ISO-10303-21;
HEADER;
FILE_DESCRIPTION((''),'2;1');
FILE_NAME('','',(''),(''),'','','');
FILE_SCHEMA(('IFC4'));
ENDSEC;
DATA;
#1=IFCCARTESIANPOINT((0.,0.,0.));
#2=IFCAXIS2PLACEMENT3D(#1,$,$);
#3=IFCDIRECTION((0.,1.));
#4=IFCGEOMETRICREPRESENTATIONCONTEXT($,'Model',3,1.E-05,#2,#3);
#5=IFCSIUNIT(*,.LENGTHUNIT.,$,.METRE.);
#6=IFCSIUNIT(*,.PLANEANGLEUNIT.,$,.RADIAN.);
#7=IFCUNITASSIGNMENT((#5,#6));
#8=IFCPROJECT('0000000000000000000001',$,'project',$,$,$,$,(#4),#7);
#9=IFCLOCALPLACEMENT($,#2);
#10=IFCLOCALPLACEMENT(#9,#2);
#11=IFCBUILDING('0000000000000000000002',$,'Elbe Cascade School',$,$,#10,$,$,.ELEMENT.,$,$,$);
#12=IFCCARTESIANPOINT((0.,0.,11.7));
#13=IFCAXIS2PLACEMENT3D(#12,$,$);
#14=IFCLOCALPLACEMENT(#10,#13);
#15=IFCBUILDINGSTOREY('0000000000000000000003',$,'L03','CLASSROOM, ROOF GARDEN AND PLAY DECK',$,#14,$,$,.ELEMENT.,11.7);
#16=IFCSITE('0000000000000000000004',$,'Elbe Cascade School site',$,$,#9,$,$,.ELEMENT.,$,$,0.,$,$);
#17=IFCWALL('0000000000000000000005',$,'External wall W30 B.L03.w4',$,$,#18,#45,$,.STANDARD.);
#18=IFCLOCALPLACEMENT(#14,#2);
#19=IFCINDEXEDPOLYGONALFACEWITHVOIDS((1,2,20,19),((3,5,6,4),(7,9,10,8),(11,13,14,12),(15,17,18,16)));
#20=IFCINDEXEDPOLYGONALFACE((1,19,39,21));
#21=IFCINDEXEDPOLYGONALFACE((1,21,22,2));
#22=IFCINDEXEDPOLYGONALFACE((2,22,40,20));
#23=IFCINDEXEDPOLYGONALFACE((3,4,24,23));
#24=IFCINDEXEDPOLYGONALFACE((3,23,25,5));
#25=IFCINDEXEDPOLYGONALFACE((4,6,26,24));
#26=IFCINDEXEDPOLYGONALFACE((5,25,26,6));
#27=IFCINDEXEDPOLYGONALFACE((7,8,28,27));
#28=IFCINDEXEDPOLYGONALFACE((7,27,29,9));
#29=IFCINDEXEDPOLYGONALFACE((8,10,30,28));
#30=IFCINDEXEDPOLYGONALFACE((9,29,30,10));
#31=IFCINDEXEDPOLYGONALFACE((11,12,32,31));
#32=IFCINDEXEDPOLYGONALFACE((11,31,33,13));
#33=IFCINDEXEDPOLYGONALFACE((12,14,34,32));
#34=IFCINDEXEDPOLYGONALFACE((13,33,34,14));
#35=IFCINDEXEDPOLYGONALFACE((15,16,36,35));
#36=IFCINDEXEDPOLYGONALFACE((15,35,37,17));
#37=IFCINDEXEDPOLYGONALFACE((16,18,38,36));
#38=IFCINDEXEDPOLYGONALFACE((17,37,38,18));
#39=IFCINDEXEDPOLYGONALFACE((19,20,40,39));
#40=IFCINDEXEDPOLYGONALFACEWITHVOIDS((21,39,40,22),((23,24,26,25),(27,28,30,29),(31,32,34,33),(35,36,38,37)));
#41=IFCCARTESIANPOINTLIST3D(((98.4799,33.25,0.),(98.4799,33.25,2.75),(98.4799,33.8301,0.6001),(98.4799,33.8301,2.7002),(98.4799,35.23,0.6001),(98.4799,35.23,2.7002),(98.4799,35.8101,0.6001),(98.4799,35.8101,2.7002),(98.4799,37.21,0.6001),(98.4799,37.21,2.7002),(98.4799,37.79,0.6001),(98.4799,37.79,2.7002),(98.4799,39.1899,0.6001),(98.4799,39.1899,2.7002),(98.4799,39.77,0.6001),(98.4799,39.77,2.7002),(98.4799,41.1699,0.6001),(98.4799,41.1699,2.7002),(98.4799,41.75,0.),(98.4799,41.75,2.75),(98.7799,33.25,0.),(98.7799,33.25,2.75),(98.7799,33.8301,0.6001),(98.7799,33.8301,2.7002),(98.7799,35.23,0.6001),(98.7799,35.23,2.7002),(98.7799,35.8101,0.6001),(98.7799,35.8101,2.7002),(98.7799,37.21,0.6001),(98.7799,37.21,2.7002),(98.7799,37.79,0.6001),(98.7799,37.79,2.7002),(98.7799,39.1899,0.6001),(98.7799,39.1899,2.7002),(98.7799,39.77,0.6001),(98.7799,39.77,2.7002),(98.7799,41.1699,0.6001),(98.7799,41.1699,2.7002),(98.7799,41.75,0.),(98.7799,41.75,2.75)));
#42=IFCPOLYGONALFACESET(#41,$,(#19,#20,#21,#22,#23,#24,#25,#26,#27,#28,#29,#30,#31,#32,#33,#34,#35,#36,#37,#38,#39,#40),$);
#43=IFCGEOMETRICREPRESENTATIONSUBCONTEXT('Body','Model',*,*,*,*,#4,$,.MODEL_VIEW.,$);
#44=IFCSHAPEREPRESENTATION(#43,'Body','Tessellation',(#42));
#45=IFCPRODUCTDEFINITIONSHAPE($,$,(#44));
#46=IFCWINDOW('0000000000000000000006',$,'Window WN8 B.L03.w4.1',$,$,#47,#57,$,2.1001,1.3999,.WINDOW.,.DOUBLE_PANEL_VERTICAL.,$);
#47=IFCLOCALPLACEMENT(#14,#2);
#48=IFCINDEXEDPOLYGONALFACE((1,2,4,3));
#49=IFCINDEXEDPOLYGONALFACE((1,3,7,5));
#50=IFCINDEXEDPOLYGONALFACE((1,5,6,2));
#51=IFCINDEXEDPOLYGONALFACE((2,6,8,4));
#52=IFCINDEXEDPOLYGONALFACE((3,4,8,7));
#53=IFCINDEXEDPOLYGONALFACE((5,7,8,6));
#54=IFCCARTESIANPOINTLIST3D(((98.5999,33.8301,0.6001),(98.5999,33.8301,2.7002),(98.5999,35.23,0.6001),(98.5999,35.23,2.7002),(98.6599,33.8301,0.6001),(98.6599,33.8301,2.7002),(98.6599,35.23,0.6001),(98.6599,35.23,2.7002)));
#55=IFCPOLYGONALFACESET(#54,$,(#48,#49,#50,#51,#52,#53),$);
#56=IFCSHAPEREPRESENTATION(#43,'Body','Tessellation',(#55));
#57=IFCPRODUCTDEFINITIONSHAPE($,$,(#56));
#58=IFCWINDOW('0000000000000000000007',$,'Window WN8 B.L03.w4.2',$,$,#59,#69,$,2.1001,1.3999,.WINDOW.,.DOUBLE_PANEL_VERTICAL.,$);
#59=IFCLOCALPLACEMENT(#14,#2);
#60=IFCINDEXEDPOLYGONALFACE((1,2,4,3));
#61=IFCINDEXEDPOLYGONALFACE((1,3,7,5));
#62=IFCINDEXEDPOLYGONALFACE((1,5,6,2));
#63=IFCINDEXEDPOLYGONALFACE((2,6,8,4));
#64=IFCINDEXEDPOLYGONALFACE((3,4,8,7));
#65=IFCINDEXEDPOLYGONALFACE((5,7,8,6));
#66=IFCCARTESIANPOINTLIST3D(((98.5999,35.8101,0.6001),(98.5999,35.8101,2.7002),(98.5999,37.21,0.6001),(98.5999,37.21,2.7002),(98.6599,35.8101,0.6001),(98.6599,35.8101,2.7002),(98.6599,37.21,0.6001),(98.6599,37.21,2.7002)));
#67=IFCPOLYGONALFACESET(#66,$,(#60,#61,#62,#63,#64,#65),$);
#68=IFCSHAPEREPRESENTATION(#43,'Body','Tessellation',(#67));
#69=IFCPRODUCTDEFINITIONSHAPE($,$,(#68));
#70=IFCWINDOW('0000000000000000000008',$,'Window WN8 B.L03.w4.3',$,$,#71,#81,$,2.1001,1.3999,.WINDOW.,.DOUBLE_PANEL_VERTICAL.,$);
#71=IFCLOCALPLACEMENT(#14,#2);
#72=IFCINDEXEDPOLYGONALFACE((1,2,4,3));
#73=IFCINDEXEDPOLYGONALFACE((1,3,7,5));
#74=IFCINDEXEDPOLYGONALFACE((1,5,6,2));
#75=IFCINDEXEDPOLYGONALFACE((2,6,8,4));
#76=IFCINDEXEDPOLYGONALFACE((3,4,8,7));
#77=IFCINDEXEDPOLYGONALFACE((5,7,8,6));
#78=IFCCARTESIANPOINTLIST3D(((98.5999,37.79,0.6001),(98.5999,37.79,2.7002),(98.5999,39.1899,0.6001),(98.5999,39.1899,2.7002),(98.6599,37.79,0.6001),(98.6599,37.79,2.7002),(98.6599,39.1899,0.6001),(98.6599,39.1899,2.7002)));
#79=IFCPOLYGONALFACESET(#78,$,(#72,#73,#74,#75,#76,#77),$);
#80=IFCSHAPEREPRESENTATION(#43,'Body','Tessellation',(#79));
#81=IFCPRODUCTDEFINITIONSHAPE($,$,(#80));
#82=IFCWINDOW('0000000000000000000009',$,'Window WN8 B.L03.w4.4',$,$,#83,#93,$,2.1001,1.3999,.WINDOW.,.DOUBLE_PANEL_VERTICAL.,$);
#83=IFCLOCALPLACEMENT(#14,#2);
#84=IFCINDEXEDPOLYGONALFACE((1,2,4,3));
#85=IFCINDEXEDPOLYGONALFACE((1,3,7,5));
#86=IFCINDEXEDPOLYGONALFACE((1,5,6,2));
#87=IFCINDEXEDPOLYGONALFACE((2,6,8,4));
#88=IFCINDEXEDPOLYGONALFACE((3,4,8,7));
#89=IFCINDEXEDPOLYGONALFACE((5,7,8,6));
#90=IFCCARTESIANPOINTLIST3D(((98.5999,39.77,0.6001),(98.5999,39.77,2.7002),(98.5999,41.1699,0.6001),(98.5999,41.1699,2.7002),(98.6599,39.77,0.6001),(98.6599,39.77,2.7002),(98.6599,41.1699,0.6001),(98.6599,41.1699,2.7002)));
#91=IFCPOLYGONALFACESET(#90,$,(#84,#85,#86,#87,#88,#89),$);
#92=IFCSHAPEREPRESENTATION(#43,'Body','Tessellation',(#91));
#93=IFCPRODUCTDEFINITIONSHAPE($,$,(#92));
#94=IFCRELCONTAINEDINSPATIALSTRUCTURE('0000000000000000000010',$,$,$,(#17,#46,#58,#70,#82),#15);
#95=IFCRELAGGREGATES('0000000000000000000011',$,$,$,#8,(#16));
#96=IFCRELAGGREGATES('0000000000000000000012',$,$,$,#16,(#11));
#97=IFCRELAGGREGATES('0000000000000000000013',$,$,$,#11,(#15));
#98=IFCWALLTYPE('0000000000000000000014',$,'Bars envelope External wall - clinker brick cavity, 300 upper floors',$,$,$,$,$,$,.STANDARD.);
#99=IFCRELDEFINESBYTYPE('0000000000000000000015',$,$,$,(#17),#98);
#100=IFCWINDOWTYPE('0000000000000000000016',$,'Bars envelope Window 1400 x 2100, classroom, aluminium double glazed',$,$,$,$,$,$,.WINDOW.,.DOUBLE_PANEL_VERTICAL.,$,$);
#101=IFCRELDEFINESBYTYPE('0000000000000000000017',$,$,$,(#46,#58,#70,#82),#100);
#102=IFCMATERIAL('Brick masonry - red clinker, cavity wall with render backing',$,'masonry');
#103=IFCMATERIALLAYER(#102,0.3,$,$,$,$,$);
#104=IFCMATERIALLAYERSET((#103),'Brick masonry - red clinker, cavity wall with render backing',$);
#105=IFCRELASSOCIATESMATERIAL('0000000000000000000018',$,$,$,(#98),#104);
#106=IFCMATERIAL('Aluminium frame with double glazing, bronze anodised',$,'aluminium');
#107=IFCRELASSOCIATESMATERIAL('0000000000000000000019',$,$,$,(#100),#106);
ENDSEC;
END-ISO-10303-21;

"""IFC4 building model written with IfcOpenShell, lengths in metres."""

from ifc_helpers import new_model, si_unit, direction, frame, frame_2d, origin, place, context, subcontext, project, spatial, rectangle, extrude, material, layer, layer_set, type_object, element, fill, save


model = new_model("IFC4")

# Units and contexts
model_context = context("Model", 3, precision=1e-05, world=origin(), true_north=direction((0.0, 1.0)))
body_context = subcontext(model_context, "Body", "Model", "MODEL_VIEW")
ifc_project = project(units=[si_unit("LENGTHUNIT", "METRE"), si_unit("PLANEANGLEUNIT", "RADIAN")], contexts=[model_context])

# Site, building, storey
site_placement = place(None, origin())
site = spatial("IfcSite", under=ifc_project, at=site_placement, Name="Elbe Cascade School site", CompositionType="ELEMENT", RefElevation=0.0)
building_placement = place(site_placement, origin())
building = spatial("IfcBuilding", under=site, at=building_placement, Name="Elbe Cascade School", CompositionType="ELEMENT")
storey_placement = place(building_placement, frame((0.0, 0.0, 11.7)))
storey = spatial("IfcBuildingStorey", under=building, at=storey_placement, Name="L03", Description="CLASSROOM, ROOF GARDEN AND PLAY DECK", CompositionType="ELEMENT", Elevation=11.7)

# Wall, openings, windows
ifc_material_1 = material(Name="Brick masonry - red clinker, cavity wall with render backing", Category="masonry")
ifc_layer_1 = layer(ifc_material_1, 0.3)
ifc_layer_set_1 = layer_set([ifc_layer_1], Name="Brick masonry - red clinker, cavity wall with render backing")
wall_type_1 = type_object("IfcWallType", Name="Bars envelope External wall - clinker brick cavity, 300 upper floors", PredefinedType="STANDARD", material=ifc_layer_set_1)
wall_1_placement = place(storey_placement, frame((98.6299, 33.25, 0.0), z_axis=(0.0, 0.0, 1.0), x_axis=(0.0, 1.0, 0.0)))
wall_1 = element("IfcWall", 1, at=wall_1_placement, inside=storey, type_object=wall_type_1, Name="External wall W30 B.L03.w4", PredefinedType="STANDARD", context=body_context, shape_type="SweptSolid", body=[
    extrude(rectangle(XDim=8.5, YDim=0.3, at=frame_2d((4.25, 0.0))), origin(), (0.0, 0.0, 1.0), 2.75),
])
opening_1_placement = place(wall_1_placement, frame((0.5801, 0.0, 0.6001)))
opening_1 = element("IfcOpeningElement", 2, at=opening_1_placement, cuts=wall_1, PredefinedType="OPENING", context=body_context, shape_type="SweptSolid", body=[
    extrude(rectangle(XDim=1.3999, YDim=2.1001, at=frame_2d((0.7, 1.05))), frame((0.0, 0.1599, 0.0), z_axis=(0.0, -1.0, 0.0), x_axis=(1.0, 0.0, 0.0)), (0.0, 0.0, 1.0), 0.3201),
])
opening_2_placement = place(wall_1_placement, frame((2.5601, 0.0, 0.6001)))
opening_2 = element("IfcOpeningElement", 3, at=opening_2_placement, cuts=wall_1, PredefinedType="OPENING", context=body_context, shape_type="SweptSolid", body=[
    extrude(rectangle(XDim=1.3999, YDim=2.1001, at=frame_2d((0.7, 1.05))), frame((0.0, 0.1599, 0.0), z_axis=(0.0, -1.0, 0.0), x_axis=(1.0, 0.0, 0.0)), (0.0, 0.0, 1.0), 0.3201),
])
opening_3_placement = place(wall_1_placement, frame((4.54, 0.0, 0.6001)))
opening_3 = element("IfcOpeningElement", 4, at=opening_3_placement, cuts=wall_1, PredefinedType="OPENING", context=body_context, shape_type="SweptSolid", body=[
    extrude(rectangle(XDim=1.3999, YDim=2.1001, at=frame_2d((0.7, 1.05))), frame((0.0, 0.1599, 0.0), z_axis=(0.0, -1.0, 0.0), x_axis=(1.0, 0.0, 0.0)), (0.0, 0.0, 1.0), 0.3201),
])
opening_4_placement = place(wall_1_placement, frame((6.52, 0.0, 0.6001)))
opening_4 = element("IfcOpeningElement", 5, at=opening_4_placement, cuts=wall_1, PredefinedType="OPENING", context=body_context, shape_type="SweptSolid", body=[
    extrude(rectangle(XDim=1.3999, YDim=2.1001, at=frame_2d((0.7, 1.05))), frame((0.0, 0.1599, 0.0), z_axis=(0.0, -1.0, 0.0), x_axis=(1.0, 0.0, 0.0)), (0.0, 0.0, 1.0), 0.3201),
])
ifc_material_2 = material(Name="Aluminium frame with double glazing, bronze anodised", Category="aluminium")
window_type_1 = type_object("IfcWindowType", Name="Bars envelope Window 1400 x 2100, classroom, aluminium double glazed", PartitioningType="DOUBLE_PANEL_VERTICAL", PredefinedType="WINDOW", material=ifc_material_2)
window_1_placement = place(opening_1_placement, origin())
window_1 = element("IfcWindow", 6, at=window_1_placement, inside=storey, type_object=window_type_1, Name="Window WN8 B.L03.w4.1", OverallHeight=2.1001, OverallWidth=1.3999, PartitioningType="DOUBLE_PANEL_VERTICAL", PredefinedType="WINDOW", context=body_context, shape_type="SweptSolid", body=[
    extrude(rectangle(XDim=1.3999, YDim=2.1001, at=frame_2d((0.7, 1.05))), frame((0.0, 0.03, 0.0), z_axis=(0.0, -1.0, 0.0), x_axis=(1.0, 0.0, 0.0)), (0.0, 0.0, 1.0), 0.0601),
])
fill(opening_1, window_1)
window_2_placement = place(opening_2_placement, origin())
window_2 = element("IfcWindow", 7, at=window_2_placement, inside=storey, type_object=window_type_1, Name="Window WN8 B.L03.w4.2", OverallHeight=2.1001, OverallWidth=1.3999, PartitioningType="DOUBLE_PANEL_VERTICAL", PredefinedType="WINDOW", context=body_context, shape_type="SweptSolid", body=[
    extrude(rectangle(XDim=1.3999, YDim=2.1001, at=frame_2d((0.7, 1.05))), frame((0.0, 0.03, 0.0), z_axis=(0.0, -1.0, 0.0), x_axis=(1.0, 0.0, 0.0)), (0.0, 0.0, 1.0), 0.0601),
])
fill(opening_2, window_2)
window_3_placement = place(opening_3_placement, origin())
window_3 = element("IfcWindow", 8, at=window_3_placement, inside=storey, type_object=window_type_1, Name="Window WN8 B.L03.w4.3", OverallHeight=2.1001, OverallWidth=1.3999, PartitioningType="DOUBLE_PANEL_VERTICAL", PredefinedType="WINDOW", context=body_context, shape_type="SweptSolid", body=[
    extrude(rectangle(XDim=1.3999, YDim=2.1001, at=frame_2d((0.7, 1.05))), frame((0.0, 0.03, 0.0), z_axis=(0.0, -1.0, 0.0), x_axis=(1.0, 0.0, 0.0)), (0.0, 0.0, 1.0), 0.0601),
])
fill(opening_3, window_3)
window_4_placement = place(opening_4_placement, origin())
window_4 = element("IfcWindow", 9, at=window_4_placement, inside=storey, type_object=window_type_1, Name="Window WN8 B.L03.w4.4", OverallHeight=2.1001, OverallWidth=1.3999, PartitioningType="DOUBLE_PANEL_VERTICAL", PredefinedType="WINDOW", context=body_context, shape_type="SweptSolid", body=[
    extrude(rectangle(XDim=1.3999, YDim=2.1001, at=frame_2d((0.7, 1.05))), frame((0.0, 0.03, 0.0), z_axis=(0.0, -1.0, 0.0), x_axis=(1.0, 0.0, 0.0)), (0.0, 0.0, 1.0), 0.0601),
])
fill(opening_4, window_4)

save(model, "model.ifc")
